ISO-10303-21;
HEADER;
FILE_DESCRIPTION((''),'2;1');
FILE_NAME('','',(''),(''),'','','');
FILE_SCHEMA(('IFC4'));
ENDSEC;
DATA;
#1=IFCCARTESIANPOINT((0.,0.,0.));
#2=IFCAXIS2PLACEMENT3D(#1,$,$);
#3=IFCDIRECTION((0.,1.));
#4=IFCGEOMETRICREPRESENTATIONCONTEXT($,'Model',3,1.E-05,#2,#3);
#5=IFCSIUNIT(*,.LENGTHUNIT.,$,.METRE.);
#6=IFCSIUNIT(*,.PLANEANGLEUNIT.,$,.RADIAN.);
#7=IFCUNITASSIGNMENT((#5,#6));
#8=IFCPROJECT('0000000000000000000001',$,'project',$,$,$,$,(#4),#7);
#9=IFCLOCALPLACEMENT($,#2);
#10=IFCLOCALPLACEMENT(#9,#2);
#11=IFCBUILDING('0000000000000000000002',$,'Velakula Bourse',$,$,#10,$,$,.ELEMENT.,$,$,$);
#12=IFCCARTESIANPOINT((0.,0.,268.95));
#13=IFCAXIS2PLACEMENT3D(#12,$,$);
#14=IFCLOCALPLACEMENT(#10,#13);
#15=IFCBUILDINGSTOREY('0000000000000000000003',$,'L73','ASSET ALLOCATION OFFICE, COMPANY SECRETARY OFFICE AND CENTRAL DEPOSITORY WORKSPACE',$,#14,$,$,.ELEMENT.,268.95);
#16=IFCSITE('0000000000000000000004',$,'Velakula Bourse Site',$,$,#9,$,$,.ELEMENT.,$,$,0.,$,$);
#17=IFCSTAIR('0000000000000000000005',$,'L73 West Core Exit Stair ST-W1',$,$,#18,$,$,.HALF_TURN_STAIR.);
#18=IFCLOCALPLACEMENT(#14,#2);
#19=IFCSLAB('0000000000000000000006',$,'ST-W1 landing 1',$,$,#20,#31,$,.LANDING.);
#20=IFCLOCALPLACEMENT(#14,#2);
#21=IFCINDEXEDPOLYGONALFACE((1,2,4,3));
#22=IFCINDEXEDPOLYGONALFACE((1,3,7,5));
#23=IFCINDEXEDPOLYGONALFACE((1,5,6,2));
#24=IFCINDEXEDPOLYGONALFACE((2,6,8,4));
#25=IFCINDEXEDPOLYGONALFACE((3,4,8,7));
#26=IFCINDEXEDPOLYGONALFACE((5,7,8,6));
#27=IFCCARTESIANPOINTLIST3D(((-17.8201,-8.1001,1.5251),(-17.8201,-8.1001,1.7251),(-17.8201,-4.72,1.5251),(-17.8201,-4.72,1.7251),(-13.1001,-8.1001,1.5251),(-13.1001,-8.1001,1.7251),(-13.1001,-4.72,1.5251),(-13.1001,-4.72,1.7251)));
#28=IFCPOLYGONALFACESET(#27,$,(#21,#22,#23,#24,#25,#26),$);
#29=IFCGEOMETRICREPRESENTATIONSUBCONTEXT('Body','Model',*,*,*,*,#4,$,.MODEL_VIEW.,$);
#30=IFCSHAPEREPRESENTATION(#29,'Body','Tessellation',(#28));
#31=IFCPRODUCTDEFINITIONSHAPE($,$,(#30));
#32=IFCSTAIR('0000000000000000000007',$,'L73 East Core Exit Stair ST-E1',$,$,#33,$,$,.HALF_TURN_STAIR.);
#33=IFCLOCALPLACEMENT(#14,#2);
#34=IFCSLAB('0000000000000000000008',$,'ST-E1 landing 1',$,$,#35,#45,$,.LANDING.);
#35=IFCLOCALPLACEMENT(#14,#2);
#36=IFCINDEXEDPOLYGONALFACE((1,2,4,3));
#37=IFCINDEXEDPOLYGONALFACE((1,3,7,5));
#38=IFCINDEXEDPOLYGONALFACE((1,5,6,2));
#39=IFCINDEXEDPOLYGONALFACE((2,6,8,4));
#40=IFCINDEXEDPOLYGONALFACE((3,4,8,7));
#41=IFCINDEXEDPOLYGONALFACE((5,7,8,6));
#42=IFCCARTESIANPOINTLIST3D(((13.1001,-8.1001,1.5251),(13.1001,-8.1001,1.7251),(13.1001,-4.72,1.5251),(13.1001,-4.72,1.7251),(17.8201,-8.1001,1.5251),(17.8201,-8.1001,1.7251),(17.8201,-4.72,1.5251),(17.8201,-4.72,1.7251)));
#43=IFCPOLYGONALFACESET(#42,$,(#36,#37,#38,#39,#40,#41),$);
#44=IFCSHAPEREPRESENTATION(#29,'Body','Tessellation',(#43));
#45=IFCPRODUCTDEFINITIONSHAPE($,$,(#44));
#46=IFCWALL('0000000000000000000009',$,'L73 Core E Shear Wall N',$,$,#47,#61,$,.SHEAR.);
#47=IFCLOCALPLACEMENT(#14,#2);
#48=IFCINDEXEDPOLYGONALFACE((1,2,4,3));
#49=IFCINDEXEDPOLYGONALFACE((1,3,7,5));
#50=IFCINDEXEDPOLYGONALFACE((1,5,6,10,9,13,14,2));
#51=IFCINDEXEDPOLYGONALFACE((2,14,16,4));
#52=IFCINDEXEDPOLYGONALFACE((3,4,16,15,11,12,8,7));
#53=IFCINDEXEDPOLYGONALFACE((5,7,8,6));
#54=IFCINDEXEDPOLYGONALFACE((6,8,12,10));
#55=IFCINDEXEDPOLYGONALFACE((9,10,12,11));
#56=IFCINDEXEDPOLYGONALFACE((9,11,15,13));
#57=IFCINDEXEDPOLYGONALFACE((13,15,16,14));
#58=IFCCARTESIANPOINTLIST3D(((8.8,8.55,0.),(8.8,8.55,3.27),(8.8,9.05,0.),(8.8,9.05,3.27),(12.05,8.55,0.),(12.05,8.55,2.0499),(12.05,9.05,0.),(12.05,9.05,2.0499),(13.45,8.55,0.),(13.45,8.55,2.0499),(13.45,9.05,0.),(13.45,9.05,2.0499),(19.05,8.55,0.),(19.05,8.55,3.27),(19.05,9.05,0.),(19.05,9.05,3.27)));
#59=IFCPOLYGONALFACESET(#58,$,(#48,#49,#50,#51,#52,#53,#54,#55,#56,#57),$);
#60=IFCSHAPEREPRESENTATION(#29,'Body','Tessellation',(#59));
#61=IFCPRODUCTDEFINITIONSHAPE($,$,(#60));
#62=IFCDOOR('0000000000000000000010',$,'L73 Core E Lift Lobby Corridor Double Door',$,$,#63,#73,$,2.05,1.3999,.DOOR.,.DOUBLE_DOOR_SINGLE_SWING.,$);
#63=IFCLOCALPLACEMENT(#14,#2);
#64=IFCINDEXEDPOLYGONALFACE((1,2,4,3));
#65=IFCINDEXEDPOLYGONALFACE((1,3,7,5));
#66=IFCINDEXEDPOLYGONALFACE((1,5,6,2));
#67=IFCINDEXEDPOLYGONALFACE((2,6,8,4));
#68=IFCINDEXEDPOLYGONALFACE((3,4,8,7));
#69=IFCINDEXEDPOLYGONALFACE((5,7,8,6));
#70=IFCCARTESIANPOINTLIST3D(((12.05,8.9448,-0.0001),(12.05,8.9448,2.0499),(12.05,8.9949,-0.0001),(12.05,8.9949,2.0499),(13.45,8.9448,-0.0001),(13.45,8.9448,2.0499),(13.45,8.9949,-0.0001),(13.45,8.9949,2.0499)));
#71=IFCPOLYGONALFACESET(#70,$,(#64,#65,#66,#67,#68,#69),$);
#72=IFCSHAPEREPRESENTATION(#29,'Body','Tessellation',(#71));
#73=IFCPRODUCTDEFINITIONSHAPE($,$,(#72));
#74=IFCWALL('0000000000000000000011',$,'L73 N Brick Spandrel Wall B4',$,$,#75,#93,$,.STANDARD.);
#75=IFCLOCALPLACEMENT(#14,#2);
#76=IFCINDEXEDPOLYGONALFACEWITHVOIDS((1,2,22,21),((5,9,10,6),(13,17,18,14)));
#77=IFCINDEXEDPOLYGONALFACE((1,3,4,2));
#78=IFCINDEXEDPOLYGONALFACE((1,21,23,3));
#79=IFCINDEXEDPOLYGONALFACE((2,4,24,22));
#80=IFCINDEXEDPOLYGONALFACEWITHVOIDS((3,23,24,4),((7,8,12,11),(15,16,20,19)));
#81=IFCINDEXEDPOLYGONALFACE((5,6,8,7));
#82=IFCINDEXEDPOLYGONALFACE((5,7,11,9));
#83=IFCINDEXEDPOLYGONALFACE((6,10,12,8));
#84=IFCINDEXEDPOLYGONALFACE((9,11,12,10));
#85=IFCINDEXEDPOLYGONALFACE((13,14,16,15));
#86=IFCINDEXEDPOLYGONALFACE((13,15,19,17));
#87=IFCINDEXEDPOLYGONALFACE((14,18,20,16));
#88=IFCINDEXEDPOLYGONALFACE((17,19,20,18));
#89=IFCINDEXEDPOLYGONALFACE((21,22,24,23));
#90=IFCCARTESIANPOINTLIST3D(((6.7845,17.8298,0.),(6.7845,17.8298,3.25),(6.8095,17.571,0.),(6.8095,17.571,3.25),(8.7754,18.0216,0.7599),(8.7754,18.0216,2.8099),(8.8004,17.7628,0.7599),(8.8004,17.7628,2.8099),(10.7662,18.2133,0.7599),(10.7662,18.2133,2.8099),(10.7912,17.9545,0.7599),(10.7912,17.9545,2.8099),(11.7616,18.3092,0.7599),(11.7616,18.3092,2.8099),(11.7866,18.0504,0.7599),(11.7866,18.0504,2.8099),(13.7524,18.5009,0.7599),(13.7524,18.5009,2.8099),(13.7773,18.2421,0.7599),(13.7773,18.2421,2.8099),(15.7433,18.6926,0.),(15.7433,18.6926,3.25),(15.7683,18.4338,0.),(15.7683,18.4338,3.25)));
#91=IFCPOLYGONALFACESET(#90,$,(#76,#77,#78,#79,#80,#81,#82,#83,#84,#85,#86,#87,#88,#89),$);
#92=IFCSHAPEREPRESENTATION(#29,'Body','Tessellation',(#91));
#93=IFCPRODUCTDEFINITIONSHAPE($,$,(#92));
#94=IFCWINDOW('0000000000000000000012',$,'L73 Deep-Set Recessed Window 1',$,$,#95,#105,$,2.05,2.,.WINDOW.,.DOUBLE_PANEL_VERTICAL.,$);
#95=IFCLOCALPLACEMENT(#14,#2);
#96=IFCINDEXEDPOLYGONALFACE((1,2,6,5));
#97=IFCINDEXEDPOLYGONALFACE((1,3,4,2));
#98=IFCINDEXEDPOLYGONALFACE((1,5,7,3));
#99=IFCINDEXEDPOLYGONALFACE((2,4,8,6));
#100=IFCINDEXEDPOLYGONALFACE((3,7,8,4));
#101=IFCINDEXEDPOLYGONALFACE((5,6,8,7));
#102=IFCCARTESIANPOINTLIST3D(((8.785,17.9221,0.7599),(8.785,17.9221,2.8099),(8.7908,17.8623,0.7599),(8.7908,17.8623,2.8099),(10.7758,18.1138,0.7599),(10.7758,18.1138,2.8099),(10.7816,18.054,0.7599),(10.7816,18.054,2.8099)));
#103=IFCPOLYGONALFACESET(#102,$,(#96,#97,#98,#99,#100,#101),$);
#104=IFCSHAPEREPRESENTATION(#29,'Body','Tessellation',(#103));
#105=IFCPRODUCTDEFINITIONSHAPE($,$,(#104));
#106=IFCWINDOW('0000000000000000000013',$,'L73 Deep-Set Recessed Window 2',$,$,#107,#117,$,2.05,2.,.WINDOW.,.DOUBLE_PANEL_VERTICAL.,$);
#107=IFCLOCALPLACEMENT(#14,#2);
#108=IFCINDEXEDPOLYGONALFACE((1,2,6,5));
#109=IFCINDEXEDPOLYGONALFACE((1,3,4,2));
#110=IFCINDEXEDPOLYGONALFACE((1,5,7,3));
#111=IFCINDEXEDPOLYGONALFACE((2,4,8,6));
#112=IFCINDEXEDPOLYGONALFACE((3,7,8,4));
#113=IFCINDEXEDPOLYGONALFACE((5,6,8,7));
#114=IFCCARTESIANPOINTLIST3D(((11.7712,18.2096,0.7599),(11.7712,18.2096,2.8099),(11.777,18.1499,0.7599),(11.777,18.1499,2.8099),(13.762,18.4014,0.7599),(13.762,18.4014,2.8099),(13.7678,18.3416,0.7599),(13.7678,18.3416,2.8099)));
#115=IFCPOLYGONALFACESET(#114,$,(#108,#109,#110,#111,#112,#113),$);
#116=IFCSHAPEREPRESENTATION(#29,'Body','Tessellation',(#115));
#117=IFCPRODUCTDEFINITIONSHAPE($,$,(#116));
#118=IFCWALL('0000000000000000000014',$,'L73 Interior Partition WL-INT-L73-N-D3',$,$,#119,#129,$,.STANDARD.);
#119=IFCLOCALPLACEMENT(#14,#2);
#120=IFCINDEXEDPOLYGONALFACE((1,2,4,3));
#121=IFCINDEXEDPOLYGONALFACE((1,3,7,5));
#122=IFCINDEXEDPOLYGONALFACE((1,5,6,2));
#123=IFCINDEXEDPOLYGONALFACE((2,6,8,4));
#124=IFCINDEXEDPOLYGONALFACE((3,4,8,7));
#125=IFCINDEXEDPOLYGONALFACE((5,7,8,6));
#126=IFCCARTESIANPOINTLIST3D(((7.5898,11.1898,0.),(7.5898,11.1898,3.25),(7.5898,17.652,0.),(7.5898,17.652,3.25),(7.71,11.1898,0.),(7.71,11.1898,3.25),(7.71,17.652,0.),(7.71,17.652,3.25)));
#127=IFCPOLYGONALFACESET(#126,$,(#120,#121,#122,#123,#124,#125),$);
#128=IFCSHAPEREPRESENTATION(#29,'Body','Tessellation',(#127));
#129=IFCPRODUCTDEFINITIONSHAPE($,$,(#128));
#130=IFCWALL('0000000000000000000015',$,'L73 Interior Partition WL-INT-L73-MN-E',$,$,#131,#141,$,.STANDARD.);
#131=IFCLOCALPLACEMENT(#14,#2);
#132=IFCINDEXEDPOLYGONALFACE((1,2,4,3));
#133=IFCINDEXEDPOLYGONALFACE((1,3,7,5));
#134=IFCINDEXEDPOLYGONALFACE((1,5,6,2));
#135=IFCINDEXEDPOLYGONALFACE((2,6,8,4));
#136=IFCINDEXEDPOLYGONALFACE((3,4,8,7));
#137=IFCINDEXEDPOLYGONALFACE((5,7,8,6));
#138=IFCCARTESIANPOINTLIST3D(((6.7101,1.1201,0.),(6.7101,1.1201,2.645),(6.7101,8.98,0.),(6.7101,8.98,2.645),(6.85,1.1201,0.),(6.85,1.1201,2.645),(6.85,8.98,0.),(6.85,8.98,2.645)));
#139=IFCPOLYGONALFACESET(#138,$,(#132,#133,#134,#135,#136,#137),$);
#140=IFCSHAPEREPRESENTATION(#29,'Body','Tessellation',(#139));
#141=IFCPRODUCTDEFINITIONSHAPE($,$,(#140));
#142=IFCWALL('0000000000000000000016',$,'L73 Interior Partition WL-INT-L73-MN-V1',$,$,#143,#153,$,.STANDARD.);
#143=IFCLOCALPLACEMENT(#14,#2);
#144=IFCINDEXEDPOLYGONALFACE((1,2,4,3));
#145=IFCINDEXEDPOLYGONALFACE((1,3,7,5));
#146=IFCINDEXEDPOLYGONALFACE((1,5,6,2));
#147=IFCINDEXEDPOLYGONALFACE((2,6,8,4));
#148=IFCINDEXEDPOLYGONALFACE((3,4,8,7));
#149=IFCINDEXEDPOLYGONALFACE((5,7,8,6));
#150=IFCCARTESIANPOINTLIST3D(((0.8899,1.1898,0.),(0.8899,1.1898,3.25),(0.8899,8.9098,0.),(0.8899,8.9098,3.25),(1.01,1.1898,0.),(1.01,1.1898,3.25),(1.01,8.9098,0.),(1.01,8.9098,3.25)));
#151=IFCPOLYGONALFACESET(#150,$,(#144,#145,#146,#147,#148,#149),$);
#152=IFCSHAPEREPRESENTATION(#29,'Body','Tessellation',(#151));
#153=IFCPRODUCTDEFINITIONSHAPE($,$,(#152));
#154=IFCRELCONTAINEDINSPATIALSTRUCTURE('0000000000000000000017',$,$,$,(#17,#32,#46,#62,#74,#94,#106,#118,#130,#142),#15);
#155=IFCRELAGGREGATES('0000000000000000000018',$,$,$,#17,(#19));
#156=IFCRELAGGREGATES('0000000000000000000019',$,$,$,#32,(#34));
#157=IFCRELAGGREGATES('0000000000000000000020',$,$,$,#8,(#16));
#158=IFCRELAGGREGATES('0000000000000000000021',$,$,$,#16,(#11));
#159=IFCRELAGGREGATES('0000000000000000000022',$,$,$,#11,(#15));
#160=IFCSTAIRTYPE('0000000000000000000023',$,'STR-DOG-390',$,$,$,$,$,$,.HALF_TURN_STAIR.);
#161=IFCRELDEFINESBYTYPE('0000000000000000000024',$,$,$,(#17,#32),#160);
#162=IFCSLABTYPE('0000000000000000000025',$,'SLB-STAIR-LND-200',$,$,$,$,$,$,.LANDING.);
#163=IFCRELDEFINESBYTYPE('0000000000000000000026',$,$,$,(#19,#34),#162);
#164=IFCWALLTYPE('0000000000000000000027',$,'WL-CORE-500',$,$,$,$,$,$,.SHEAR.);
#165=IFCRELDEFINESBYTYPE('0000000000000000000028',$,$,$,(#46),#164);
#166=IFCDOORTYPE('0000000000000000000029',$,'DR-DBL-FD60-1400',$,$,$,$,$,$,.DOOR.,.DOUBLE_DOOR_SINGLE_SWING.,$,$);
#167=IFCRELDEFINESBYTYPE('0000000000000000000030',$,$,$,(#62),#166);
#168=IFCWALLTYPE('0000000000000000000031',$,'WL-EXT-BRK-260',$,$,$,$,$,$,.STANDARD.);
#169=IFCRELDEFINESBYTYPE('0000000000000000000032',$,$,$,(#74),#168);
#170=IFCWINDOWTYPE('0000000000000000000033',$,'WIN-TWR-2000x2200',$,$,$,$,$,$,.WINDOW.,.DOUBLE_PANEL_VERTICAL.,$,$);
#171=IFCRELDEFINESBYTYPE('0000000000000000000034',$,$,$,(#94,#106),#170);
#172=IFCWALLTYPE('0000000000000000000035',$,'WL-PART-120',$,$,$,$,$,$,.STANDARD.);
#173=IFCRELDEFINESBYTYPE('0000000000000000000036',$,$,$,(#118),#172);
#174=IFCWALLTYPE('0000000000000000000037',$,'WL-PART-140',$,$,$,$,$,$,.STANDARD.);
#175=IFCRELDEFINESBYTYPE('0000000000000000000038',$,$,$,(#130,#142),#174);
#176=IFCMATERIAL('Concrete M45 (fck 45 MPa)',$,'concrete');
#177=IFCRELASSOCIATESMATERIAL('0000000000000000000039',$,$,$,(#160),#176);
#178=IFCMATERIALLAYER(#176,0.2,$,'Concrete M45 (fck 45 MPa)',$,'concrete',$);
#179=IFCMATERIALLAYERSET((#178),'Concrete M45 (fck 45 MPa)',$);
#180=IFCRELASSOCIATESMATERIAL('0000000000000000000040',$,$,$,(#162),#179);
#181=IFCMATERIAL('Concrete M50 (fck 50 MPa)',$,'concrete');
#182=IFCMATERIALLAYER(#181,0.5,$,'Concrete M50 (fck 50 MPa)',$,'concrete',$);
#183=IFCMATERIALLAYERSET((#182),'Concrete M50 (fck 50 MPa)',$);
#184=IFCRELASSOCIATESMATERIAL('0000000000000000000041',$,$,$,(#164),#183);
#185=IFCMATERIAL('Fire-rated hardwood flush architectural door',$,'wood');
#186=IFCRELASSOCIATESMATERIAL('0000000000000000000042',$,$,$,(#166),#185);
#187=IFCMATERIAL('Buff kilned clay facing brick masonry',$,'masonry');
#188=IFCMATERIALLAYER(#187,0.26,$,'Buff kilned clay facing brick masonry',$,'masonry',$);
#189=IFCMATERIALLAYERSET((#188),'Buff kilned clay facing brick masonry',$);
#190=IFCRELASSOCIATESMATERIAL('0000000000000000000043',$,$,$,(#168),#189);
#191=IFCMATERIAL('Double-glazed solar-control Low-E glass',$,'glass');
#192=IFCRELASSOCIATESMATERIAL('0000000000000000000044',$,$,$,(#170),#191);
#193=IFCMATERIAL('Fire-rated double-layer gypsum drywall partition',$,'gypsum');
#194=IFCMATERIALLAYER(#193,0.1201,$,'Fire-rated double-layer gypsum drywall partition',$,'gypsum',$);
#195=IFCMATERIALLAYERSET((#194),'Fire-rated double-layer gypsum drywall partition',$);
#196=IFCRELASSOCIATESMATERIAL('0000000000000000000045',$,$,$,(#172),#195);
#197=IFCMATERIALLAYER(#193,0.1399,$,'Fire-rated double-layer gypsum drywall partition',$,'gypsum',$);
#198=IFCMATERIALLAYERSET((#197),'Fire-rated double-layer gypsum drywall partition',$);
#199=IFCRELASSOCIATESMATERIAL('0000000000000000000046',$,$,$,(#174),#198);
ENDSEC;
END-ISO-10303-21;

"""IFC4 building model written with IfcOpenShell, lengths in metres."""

from ifc_helpers import new_model, si_unit, direction, frame, frame_2d, origin, place, context, subcontext, project, spatial, polyline, rectangle, outline, extrude, material, layer, layer_set, type_object, element, fill, aggregate, save


model = new_model("IFC4")

# Units and contexts
model_context = context("Model", 3, precision=1e-05, world=origin(), true_north=direction((0.0, 1.0)))
body_context = subcontext(model_context, "Body", "Model", "MODEL_VIEW")
ifc_project = project(units=[si_unit("LENGTHUNIT", "METRE"), si_unit("PLANEANGLEUNIT", "RADIAN")], contexts=[model_context])

# Site, building, storey
site_placement = place(None, origin())
site = spatial("IfcSite", under=ifc_project, at=site_placement, Name="Velakula Bourse Site", CompositionType="ELEMENT", RefElevation=0.0)
building_placement = place(site_placement, origin())
building = spatial("IfcBuilding", under=site, at=building_placement, Name="Velakula Bourse", CompositionType="ELEMENT")
storey_placement = place(building_placement, frame((0.0, 0.0, 268.95)))
storey = spatial("IfcBuildingStorey", under=building, at=storey_placement, Name="L73", Description="ASSET ALLOCATION OFFICE, COMPANY SECRETARY OFFICE AND CENTRAL DEPOSITORY WORKSPACE", CompositionType="ELEMENT", Elevation=268.95)

# Shared definitions
ifc_material_1 = material(Name="Concrete M50 (fck 50 MPa)", Category="concrete")

# Stairs, slabs
ifc_material_2 = material(Name="Concrete M45 (fck 45 MPa)", Category="concrete")
stair_type = type_object("IfcStairType", Name="STR-DOG-390", PredefinedType="HALF_TURN_STAIR", material=ifc_material_2)
stair_1_placement = place(storey_placement, origin())
stair_1 = element("IfcStair", 1, at=stair_1_placement, inside=storey, type_object=stair_type, Name="L73 West Core Exit Stair ST-W1", PredefinedType="HALF_TURN_STAIR")
ifc_layer_1 = layer(ifc_material_2, 0.2, Name="Concrete M45 (fck 45 MPa)", Category="concrete")
ifc_layer_set_1 = layer_set([ifc_layer_1], Name="Concrete M45 (fck 45 MPa)")
slab_type = type_object("IfcSlabType", Name="SLB-STAIR-LND-200", PredefinedType="LANDING", material=ifc_layer_set_1)
slab_1_placement = place(storey_placement, frame((0.0, 0.0, 1.5251)))
slab_1 = element("IfcSlab", 2, at=slab_1_placement, type_object=slab_type, Name="ST-W1 landing 1", PredefinedType="LANDING", context=body_context, shape_type="SweptSolid", body=[
    extrude(outline(polyline([(-17.8201, -4.72), (-17.8201, -8.1001), (-13.1001, -8.1001), (-13.1001, -4.72), (-17.8201, -4.72)])), origin(), (0.0, 0.0, 1.0), 0.2),
])
aggregate(stair_1, [slab_1])
stair_2_placement = place(storey_placement, origin())
stair_2 = element("IfcStair", 3, at=stair_2_placement, inside=storey, type_object=stair_type, Name="L73 East Core Exit Stair ST-E1", PredefinedType="HALF_TURN_STAIR")
slab_2_placement = place(storey_placement, frame((0.0, 0.0, 1.5251)))
slab_2 = element("IfcSlab", 4, at=slab_2_placement, type_object=slab_type, Name="ST-E1 landing 1", PredefinedType="LANDING", context=body_context, shape_type="SweptSolid", body=[
    extrude(outline(polyline([(13.1001, -4.72), (13.1001, -8.1001), (17.8201, -8.1001), (17.8201, -4.72), (13.1001, -4.72)])), origin(), (0.0, 0.0, 1.0), 0.2),
])
aggregate(stair_2, [slab_2])

# Wall, opening, door
ifc_layer_2 = layer(ifc_material_1, 0.5, Name="Concrete M50 (fck 50 MPa)", Category="concrete")
ifc_layer_set_2 = layer_set([ifc_layer_2], Name="Concrete M50 (fck 50 MPa)")
wall_type_1 = type_object("IfcWallType", Name="WL-CORE-500", PredefinedType="SHEAR", material=ifc_layer_set_2)
wall_1_placement = place(storey_placement, frame((8.8, 8.8, 0.0), z_axis=(0.0, 0.0, 1.0), x_axis=(1.0, 0.0, 0.0)))
wall_1 = element("IfcWall", 5, at=wall_1_placement, inside=storey, type_object=wall_type_1, Name="L73 Core E Shear Wall N", PredefinedType="SHEAR", context=body_context, shape_type="SweptSolid", body=[
    extrude(rectangle(XDim=10.25, YDim=0.5, at=frame_2d((5.125, 0.0))), origin(), (0.0, 0.0, 1.0), 3.27),
])
opening_1_placement = place(wall_1_placement, frame((3.25, 0.0, 0.0)))
opening_1 = element("IfcOpeningElement", 6, at=opening_1_placement, cuts=wall_1, PredefinedType="OPENING", context=body_context, shape_type="SweptSolid", body=[
    extrude(rectangle(XDim=1.3999, YDim=2.05, at=frame_2d((0.7, 1.0249))), frame((0.0, 0.26, 0.0), z_axis=(0.0, -1.0, 0.0), x_axis=(1.0, 0.0, 0.0)), (0.0, 0.0, 1.0), 0.52),
])
ifc_material_3 = material(Name="Fire-rated hardwood flush architectural door", Category="wood")
door_type = type_object("IfcDoorType", Name="DR-DBL-FD60-1400", OperationType="DOUBLE_DOOR_SINGLE_SWING", PredefinedType="DOOR", material=ifc_material_3)
door_placement = place(opening_1_placement, origin())
door = element("IfcDoor", 7, at=door_placement, inside=storey, type_object=door_type, Name="L73 Core E Lift Lobby Corridor Double Door", OperationType="DOUBLE_DOOR_SINGLE_SWING", OverallHeight=2.05, OverallWidth=1.3999, PredefinedType="DOOR", context=body_context, shape_type="SweptSolid", body=[
    extrude(rectangle(XDim=1.3999, YDim=2.05, at=frame_2d((0.7, 1.0249))), frame((0.0, 0.1948, 0.0), z_axis=(0.0, -1.0, 0.0), x_axis=(1.0, 0.0, 0.0)), (0.0, 0.0, 1.0), 0.05),
])
fill(opening_1, door)

# Wall, openings, windows
ifc_material_4 = material(Name="Buff kilned clay facing brick masonry", Category="masonry")
ifc_layer_3 = layer(ifc_material_4, 0.26, Name="Buff kilned clay facing brick masonry", Category="masonry")
ifc_layer_set_3 = layer_set([ifc_layer_3], Name="Buff kilned clay facing brick masonry")
wall_type_2 = type_object("IfcWallType", Name="WL-EXT-BRK-260", PredefinedType="STANDARD", material=ifc_layer_set_3)
wall_2_placement = place(storey_placement, frame((6.7971, 17.7004, 0.0), z_axis=(0.0, 0.0, 1.0), x_axis=(0.995394, 0.095864, 0.0)))
wall_2 = element("IfcWall", 8, at=wall_2_placement, inside=storey, type_object=wall_type_2, Name="L73 N Brick Spandrel Wall B4", PredefinedType="STANDARD", context=body_context, shape_type="SweptSolid", body=[
    extrude(rectangle(XDim=9.0002, YDim=0.26, at=frame_2d((4.5, 0.0))), origin(), (0.0, 0.0, 1.0), 3.25),
])
opening_2_placement = place(wall_2_placement, frame((2.0, 0.0, 0.76)))
opening_2 = element("IfcOpeningElement", 9, at=opening_2_placement, cuts=wall_2, PredefinedType="OPENING", context=body_context, shape_type="SweptSolid", body=[
    extrude(rectangle(XDim=2.0, YDim=2.05, at=frame_2d((1.0, 1.0249))), frame((0.0, 0.1399, 0.0), z_axis=(0.0, -1.0, 0.0), x_axis=(1.0, 0.0, 0.0)), (0.0, 0.0, 1.0), 0.28),
])
opening_3_placement = place(wall_2_placement, frame((5.0, 0.0, 0.76)))
opening_3 = element("IfcOpeningElement", 10, at=opening_3_placement, cuts=wall_2, PredefinedType="OPENING", context=body_context, shape_type="SweptSolid", body=[
    extrude(rectangle(XDim=2.0, YDim=2.05, at=frame_2d((1.0, 1.0249))), frame((0.0, 0.1399, 0.0), z_axis=(0.0, -1.0, 0.0), x_axis=(1.0, 0.0, 0.0)), (0.0, 0.0, 1.0), 0.28),
])
ifc_material_5 = material(Name="Double-glazed solar-control Low-E glass", Category="glass")
window_type = type_object("IfcWindowType", Name="WIN-TWR-2000x2200", PartitioningType="DOUBLE_PANEL_VERTICAL", PredefinedType="WINDOW", material=ifc_material_5)
window_1_placement = place(opening_2_placement, origin())
window_1 = element("IfcWindow", 11, at=window_1_placement, inside=storey, type_object=window_type, Name="L73 Deep-Set Recessed Window 1", OverallHeight=2.05, OverallWidth=2.0, PartitioningType="DOUBLE_PANEL_VERTICAL", PredefinedType="WINDOW", context=body_context, shape_type="SweptSolid", body=[
    extrude(rectangle(XDim=2.0, YDim=2.05, at=frame_2d((1.0, 1.0249))), frame((0.0, 0.03, 0.0), z_axis=(0.0, -1.0, 0.0), x_axis=(1.0, 0.0, 0.0)), (0.0, 0.0, 1.0), 0.0601),
])
fill(opening_2, window_1)
window_2_placement = place(opening_3_placement, origin())
window_2 = element("IfcWindow", 12, at=window_2_placement, inside=storey, type_object=window_type, Name="L73 Deep-Set Recessed Window 2", OverallHeight=2.05, OverallWidth=2.0, PartitioningType="DOUBLE_PANEL_VERTICAL", PredefinedType="WINDOW", context=body_context, shape_type="SweptSolid", body=[
    extrude(rectangle(XDim=2.0, YDim=2.05, at=frame_2d((1.0, 1.0249))), frame((0.0, 0.03, 0.0), z_axis=(0.0, -1.0, 0.0), x_axis=(1.0, 0.0, 0.0)), (0.0, 0.0, 1.0), 0.0601),
])
fill(opening_3, window_2)

# Walls
ifc_material_6 = material(Name="Fire-rated double-layer gypsum drywall partition", Category="gypsum")
ifc_layer_4 = layer(ifc_material_6, 0.1201, Name="Fire-rated double-layer gypsum drywall partition", Category="gypsum")
ifc_layer_set_4 = layer_set([ifc_layer_4], Name="Fire-rated double-layer gypsum drywall partition")
wall_type_3 = type_object("IfcWallType", Name="WL-PART-120", PredefinedType="STANDARD", material=ifc_layer_set_4)
wall_3_placement = place(storey_placement, frame((7.6499, 11.1899, 0.0), z_axis=(0.0, 0.0, 1.0), x_axis=(0.0, 1.0, 0.0)))
element("IfcWall", 13, at=wall_3_placement, inside=storey, type_object=wall_type_3, Name="L73 Interior Partition WL-INT-L73-N-D3", PredefinedType="STANDARD", context=body_context, shape_type="SweptSolid", body=[
    extrude(rectangle(XDim=6.4622, YDim=0.1201, at=frame_2d((3.231, 0.0))), origin(), (0.0, 0.0, 1.0), 3.25),
])
ifc_layer_5 = layer(ifc_material_6, 0.1399, Name="Fire-rated double-layer gypsum drywall partition", Category="gypsum")
ifc_layer_set_5 = layer_set([ifc_layer_5], Name="Fire-rated double-layer gypsum drywall partition")
wall_type_4 = type_object("IfcWallType", Name="WL-PART-140", PredefinedType="STANDARD", material=ifc_layer_set_5)
wall_4_placement = place(storey_placement, frame((6.78, 1.1201, 0.0), z_axis=(0.0, 0.0, 1.0), x_axis=(0.0, 1.0, 0.0)))
element("IfcWall", 14, at=wall_4_placement, inside=storey, type_object=wall_type_4, Name="L73 Interior Partition WL-INT-L73-MN-E", PredefinedType="STANDARD", context=body_context, shape_type="SweptSolid", body=[
    extrude(rectangle(XDim=7.8599, YDim=0.1399, at=frame_2d((3.9299, 0.0))), origin(), (0.0, 0.0, 1.0), 2.645),
])
wall_5_placement = place(storey_placement, frame((0.95, 1.1899, 0.0), z_axis=(0.0, 0.0, 1.0), x_axis=(0.0, 1.0, 0.0)))
element("IfcWall", 15, at=wall_5_placement, inside=storey, type_object=wall_type_4, Name="L73 Interior Partition WL-INT-L73-MN-V1", PredefinedType="STANDARD", context=body_context, shape_type="SweptSolid", body=[
    extrude(rectangle(XDim=7.72, YDim=0.1201, at=frame_2d((3.8599, 0.0))), origin(), (0.0, 0.0, 1.0), 3.25),
])

save(model, "model.ifc")
